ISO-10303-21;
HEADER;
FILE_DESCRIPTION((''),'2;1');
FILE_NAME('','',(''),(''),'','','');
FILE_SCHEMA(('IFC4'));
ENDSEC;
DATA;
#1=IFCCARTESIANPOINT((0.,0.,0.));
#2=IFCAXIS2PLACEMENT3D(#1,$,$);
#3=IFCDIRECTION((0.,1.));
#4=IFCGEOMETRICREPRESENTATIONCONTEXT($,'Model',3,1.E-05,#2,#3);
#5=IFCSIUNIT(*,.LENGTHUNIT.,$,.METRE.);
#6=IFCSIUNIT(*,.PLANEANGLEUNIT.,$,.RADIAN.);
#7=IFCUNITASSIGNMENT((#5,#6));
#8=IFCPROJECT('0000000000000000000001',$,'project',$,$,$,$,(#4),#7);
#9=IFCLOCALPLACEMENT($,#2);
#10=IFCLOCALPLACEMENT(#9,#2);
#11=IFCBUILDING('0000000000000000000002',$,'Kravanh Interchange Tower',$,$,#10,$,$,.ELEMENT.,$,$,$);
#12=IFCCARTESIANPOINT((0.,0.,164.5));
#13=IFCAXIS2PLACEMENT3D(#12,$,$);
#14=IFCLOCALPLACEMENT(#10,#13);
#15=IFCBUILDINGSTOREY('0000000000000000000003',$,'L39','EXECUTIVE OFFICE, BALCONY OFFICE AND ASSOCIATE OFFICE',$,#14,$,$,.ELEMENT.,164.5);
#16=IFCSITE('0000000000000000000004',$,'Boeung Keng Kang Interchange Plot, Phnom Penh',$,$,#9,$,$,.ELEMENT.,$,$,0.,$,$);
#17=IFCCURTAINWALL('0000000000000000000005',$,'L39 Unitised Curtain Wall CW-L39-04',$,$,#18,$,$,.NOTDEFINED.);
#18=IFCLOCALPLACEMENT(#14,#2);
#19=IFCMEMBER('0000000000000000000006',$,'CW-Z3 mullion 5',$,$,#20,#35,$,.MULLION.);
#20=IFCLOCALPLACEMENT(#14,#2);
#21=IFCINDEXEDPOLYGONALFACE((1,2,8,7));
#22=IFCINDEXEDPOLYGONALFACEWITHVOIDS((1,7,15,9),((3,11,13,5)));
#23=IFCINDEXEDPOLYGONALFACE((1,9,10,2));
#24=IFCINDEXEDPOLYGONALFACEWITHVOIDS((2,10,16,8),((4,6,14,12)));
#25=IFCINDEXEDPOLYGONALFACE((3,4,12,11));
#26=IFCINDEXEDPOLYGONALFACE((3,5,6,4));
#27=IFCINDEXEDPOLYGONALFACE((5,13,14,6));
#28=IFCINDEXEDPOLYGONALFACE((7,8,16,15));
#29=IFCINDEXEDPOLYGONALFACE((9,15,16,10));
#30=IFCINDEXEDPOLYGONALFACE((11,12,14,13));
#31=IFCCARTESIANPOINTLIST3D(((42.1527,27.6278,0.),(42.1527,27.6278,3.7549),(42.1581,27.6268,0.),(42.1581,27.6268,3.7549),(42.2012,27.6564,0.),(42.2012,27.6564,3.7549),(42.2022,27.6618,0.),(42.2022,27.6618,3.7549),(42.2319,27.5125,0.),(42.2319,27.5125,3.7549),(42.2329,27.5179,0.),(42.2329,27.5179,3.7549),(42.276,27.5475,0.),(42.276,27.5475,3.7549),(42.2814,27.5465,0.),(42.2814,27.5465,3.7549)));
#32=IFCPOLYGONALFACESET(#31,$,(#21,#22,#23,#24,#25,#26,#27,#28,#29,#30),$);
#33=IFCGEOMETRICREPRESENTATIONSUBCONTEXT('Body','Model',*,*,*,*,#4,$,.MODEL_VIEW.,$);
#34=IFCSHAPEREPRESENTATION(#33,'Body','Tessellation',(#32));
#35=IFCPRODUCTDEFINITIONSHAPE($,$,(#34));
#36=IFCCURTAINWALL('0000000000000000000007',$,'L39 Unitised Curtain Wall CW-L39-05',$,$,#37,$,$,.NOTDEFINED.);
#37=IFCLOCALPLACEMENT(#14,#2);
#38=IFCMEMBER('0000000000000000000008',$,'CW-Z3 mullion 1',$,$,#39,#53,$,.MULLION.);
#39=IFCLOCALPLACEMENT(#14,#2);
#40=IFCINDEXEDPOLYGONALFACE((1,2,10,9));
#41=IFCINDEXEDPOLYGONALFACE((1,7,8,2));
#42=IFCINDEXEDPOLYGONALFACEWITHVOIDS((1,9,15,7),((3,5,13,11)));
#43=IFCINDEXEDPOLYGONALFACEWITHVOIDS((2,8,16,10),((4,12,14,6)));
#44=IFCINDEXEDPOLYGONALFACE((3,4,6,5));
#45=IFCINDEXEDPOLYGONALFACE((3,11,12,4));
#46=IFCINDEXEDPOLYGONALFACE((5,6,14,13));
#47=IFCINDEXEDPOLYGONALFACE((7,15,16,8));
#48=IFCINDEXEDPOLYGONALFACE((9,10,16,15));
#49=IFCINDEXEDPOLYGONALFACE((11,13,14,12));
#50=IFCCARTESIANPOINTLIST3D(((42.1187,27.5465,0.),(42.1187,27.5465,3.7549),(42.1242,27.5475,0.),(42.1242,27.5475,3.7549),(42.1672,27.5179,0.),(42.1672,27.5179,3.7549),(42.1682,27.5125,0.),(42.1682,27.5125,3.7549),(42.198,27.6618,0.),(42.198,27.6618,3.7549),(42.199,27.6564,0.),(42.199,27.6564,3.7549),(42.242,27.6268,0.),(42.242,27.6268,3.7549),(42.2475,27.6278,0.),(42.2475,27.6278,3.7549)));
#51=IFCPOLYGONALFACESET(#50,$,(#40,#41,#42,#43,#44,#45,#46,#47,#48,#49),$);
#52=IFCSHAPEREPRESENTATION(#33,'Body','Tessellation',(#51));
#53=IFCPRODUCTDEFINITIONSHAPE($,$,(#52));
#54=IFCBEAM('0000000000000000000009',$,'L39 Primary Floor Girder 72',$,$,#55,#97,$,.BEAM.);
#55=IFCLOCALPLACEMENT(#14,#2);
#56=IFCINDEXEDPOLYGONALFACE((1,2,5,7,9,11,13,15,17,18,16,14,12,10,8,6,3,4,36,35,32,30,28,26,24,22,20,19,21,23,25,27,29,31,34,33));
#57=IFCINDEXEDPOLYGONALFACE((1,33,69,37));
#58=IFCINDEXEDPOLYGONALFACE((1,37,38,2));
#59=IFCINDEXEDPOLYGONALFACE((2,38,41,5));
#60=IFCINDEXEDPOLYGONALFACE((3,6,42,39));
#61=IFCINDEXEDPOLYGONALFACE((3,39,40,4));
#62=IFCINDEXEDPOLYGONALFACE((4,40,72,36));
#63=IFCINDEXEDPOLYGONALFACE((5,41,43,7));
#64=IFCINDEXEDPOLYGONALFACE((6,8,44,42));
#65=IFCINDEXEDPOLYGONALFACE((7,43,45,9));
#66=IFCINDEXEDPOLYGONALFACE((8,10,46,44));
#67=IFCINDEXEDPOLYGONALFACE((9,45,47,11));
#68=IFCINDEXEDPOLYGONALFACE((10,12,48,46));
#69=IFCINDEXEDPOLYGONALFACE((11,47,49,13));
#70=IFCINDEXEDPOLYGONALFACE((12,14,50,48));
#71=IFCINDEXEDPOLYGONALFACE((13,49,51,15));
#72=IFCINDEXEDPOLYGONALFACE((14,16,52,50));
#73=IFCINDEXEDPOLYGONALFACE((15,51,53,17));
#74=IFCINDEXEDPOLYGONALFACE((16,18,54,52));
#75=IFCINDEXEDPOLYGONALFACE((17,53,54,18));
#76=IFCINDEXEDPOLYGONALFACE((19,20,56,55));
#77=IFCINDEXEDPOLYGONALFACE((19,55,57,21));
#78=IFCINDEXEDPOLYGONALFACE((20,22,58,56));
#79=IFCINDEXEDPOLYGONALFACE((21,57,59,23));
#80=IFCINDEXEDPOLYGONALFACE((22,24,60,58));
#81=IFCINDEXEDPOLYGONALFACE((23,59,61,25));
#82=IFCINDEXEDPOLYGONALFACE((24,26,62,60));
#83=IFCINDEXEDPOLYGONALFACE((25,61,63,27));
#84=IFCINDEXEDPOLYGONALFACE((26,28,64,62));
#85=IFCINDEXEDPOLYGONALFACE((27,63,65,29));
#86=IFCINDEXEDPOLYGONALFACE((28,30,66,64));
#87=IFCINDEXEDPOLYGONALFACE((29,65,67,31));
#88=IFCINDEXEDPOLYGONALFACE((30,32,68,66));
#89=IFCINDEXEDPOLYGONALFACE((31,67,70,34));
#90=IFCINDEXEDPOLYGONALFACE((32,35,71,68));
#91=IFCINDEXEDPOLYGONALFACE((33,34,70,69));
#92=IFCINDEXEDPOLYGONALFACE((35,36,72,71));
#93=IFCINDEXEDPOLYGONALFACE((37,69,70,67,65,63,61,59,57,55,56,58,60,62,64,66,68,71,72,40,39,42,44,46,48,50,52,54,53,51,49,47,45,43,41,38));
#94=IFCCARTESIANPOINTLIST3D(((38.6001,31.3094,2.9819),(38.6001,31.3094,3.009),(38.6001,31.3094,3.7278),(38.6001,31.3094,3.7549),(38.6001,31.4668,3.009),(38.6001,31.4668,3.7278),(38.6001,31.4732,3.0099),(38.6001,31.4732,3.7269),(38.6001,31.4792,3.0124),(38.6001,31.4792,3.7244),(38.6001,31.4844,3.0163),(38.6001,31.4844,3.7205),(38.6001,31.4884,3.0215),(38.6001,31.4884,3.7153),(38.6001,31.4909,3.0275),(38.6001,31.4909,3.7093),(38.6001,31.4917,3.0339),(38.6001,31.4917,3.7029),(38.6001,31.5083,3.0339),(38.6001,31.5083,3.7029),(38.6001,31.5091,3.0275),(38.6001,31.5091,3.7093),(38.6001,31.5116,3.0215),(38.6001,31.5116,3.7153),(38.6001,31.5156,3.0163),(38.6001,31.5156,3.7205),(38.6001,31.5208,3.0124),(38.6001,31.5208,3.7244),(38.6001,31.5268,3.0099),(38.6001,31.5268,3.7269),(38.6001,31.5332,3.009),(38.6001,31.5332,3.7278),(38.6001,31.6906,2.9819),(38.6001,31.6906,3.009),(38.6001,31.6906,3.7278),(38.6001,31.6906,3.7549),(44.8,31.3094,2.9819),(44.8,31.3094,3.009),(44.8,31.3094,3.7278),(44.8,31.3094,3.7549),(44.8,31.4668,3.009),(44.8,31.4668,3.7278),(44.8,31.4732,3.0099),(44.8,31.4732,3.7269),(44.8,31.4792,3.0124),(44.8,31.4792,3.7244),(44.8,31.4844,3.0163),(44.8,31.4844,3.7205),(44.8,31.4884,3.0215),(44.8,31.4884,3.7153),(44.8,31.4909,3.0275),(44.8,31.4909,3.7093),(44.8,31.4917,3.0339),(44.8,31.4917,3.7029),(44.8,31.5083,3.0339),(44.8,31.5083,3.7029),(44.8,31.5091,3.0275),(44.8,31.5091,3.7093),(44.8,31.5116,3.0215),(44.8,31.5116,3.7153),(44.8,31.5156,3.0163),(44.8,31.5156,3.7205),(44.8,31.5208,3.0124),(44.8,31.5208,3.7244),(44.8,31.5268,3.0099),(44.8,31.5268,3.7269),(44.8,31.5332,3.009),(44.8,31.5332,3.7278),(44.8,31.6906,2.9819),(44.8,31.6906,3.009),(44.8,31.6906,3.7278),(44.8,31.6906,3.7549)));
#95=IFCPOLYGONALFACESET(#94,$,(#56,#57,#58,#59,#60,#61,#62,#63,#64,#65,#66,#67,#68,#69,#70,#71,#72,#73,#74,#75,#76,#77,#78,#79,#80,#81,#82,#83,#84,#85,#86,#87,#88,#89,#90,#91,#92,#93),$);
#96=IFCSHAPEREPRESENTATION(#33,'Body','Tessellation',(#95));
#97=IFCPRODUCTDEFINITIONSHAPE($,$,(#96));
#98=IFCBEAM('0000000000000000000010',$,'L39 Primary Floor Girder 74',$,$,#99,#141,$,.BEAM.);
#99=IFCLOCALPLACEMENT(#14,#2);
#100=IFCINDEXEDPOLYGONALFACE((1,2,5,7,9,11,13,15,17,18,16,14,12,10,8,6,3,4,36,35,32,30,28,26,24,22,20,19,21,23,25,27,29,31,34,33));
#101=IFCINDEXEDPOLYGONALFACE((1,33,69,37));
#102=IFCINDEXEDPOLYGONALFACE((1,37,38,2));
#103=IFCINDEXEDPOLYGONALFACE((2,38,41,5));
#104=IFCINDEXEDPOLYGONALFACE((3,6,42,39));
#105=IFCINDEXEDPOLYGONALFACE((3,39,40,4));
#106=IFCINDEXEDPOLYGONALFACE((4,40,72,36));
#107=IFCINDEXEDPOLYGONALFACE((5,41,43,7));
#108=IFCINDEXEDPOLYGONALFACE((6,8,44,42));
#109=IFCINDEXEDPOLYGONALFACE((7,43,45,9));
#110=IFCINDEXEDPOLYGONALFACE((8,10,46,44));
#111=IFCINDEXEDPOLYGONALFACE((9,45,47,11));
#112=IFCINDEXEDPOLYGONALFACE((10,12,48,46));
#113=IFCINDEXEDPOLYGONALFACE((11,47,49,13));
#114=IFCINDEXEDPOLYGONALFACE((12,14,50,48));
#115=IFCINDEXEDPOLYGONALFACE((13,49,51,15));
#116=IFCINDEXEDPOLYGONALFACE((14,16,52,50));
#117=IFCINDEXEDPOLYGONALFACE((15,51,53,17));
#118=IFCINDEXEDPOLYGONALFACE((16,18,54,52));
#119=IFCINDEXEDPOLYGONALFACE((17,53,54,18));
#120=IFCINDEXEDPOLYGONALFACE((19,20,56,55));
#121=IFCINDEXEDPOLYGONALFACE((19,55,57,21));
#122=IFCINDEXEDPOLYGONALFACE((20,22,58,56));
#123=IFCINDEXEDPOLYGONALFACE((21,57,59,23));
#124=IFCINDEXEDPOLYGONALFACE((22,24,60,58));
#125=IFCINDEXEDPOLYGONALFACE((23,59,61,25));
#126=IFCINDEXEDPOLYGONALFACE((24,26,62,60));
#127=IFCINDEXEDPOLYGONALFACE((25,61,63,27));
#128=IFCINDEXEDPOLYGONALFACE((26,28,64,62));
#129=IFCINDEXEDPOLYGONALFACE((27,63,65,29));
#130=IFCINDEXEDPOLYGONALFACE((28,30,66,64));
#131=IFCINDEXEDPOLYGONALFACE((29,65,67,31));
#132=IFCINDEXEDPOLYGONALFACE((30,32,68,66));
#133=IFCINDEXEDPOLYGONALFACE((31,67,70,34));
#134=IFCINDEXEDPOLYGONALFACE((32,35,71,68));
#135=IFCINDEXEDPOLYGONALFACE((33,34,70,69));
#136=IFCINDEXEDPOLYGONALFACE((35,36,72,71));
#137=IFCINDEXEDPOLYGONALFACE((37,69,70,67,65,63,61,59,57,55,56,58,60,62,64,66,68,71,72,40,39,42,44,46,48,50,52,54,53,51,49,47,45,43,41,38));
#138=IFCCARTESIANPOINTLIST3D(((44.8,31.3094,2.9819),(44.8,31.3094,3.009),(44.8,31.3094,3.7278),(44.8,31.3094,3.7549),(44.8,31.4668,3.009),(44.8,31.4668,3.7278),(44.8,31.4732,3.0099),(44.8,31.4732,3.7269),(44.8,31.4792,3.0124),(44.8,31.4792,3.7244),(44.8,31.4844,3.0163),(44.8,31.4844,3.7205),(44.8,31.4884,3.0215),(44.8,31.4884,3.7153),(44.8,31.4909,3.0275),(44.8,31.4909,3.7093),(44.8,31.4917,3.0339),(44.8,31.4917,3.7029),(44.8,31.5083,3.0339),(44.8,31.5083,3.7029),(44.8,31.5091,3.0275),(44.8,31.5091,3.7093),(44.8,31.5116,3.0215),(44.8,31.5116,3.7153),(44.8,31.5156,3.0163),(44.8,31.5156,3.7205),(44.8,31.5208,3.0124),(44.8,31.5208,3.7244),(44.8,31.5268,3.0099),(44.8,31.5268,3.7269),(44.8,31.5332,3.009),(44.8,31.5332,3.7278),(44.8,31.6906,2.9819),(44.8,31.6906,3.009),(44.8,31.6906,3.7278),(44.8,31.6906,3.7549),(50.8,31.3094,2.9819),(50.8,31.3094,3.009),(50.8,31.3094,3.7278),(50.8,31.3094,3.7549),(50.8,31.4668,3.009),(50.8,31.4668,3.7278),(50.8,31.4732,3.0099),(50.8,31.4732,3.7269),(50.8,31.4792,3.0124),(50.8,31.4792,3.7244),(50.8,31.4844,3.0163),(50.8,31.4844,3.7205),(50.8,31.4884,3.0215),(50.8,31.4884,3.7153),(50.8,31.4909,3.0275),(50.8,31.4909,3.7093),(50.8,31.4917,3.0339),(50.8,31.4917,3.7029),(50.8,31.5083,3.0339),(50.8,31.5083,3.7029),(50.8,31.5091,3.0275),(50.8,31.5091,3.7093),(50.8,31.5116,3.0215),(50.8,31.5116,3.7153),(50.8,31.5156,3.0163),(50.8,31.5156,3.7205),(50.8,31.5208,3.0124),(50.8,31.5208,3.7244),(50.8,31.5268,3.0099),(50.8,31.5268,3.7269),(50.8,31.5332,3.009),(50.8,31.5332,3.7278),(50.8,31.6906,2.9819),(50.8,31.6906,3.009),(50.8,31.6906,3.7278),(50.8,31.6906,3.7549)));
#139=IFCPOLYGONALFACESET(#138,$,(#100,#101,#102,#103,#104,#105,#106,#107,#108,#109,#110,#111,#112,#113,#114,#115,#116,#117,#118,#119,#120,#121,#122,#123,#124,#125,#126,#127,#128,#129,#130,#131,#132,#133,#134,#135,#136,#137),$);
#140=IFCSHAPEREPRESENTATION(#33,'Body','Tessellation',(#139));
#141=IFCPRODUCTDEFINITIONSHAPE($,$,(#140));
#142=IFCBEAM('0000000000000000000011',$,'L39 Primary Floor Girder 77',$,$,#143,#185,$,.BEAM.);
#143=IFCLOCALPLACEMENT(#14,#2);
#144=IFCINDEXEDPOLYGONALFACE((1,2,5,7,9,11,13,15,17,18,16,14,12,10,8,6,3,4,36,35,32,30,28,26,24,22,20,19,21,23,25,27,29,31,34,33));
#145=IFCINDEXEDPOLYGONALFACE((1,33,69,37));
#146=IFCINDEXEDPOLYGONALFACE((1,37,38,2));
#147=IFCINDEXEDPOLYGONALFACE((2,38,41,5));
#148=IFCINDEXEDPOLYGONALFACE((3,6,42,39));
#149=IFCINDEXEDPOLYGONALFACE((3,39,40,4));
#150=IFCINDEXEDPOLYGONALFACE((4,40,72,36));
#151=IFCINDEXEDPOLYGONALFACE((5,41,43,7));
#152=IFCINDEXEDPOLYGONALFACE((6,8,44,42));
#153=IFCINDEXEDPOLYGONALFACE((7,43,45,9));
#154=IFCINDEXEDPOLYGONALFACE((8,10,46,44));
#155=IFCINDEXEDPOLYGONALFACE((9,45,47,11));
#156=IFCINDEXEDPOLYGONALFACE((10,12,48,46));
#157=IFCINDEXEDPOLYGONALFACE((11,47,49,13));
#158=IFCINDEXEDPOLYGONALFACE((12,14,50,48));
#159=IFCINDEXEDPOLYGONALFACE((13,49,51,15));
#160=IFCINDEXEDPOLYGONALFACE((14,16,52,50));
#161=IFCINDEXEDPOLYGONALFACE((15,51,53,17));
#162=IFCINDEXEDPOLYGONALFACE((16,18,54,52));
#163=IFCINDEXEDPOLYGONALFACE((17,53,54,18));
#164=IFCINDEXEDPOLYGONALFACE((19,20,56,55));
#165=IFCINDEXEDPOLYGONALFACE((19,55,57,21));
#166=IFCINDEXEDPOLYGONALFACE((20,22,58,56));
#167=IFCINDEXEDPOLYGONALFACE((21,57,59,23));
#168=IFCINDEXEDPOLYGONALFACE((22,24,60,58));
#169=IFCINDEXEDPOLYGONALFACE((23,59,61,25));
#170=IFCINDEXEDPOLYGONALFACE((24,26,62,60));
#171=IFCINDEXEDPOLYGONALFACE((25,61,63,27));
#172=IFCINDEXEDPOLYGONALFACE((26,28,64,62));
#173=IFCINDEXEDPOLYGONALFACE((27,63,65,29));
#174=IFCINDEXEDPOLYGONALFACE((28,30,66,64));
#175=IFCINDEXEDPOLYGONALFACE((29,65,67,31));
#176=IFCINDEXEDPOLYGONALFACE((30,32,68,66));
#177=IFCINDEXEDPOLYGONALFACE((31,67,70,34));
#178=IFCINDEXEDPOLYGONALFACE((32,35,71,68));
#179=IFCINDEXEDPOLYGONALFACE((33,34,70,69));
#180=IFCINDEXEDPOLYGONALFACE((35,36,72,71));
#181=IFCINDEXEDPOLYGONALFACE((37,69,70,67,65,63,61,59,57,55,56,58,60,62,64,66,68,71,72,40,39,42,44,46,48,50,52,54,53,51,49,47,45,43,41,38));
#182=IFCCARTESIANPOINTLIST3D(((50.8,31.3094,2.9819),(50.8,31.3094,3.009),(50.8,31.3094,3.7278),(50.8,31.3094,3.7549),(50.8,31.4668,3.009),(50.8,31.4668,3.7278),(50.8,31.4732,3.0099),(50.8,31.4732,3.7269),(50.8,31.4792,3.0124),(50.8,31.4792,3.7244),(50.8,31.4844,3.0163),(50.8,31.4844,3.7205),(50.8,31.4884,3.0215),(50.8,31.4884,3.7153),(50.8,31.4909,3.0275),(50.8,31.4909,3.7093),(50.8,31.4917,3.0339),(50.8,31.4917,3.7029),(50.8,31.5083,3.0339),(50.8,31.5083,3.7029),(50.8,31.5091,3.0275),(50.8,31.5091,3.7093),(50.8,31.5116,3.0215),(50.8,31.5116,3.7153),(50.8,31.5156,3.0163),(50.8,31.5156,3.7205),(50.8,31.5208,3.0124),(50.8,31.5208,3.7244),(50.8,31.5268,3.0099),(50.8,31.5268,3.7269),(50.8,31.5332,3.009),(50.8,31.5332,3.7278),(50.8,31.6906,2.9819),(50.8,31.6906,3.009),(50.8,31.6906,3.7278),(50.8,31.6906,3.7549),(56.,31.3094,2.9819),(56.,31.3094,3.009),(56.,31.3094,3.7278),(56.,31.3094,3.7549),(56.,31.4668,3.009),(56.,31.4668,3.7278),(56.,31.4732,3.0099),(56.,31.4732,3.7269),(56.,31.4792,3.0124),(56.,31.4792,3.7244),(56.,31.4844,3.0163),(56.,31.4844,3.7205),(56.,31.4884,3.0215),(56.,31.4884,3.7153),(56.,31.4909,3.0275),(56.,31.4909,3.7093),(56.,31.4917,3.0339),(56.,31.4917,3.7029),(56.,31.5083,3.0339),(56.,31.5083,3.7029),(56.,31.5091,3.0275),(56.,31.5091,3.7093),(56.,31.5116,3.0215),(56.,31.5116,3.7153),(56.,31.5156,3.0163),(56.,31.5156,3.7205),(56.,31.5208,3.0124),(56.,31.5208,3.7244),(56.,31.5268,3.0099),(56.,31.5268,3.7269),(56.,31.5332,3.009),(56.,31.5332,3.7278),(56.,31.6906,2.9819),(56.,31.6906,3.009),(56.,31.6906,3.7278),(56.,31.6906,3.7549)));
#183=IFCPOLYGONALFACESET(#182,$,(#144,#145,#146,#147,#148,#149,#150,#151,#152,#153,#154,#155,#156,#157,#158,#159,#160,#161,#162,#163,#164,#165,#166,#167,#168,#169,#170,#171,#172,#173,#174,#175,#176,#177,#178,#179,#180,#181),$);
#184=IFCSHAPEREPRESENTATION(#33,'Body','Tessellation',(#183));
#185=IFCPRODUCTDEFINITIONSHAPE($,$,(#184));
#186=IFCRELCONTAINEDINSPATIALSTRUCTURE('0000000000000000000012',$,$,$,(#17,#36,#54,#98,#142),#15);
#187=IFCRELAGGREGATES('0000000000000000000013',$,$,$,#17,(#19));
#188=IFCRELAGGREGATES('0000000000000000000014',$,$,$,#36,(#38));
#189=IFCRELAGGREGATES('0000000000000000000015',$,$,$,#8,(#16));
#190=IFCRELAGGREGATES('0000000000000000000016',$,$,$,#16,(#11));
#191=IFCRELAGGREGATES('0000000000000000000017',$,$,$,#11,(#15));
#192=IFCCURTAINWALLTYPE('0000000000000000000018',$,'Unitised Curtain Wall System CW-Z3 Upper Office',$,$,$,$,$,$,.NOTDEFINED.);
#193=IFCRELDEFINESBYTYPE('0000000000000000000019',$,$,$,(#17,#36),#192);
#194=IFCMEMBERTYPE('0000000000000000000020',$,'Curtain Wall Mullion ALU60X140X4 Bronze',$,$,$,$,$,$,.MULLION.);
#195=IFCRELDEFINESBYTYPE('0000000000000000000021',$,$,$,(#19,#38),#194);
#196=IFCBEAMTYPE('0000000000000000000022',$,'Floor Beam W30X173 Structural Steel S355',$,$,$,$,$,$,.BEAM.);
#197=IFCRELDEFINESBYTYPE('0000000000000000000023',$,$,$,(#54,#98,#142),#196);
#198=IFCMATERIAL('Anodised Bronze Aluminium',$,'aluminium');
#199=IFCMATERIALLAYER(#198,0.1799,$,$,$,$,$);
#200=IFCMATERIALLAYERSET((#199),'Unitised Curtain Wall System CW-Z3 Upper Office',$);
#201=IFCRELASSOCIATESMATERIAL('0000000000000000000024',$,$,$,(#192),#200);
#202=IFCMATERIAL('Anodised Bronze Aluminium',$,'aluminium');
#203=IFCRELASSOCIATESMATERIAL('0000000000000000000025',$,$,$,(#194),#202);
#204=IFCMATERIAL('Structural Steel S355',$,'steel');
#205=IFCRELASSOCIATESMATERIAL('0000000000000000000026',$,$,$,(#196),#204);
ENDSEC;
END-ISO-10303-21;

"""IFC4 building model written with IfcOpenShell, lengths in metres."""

from ifc_helpers import new_model, si_unit, direction, frame, origin, origin_2d, place, context, subcontext, project, spatial, hollow_rectangle, i_section, extrude, material, layer, layer_set, material_profile, profile_set, type_object, element, aggregate, save


model = new_model("IFC4")

# Units and contexts
model_context = context("Model", 3, precision=1e-05, world=origin(), true_north=direction((0.0, 1.0)))
body_context = subcontext(model_context, "Body", "Model", "MODEL_VIEW")
ifc_project = project(units=[si_unit("LENGTHUNIT", "METRE"), si_unit("PLANEANGLEUNIT", "RADIAN")], contexts=[model_context])

# Site, building, storey
site_placement = place(None, origin())
site = spatial("IfcSite", under=ifc_project, at=site_placement, Name="Boeung Keng Kang Interchange Plot, Phnom Penh", CompositionType="ELEMENT", RefElevation=0.0)
building_placement = place(site_placement, origin())
building = spatial("IfcBuilding", under=site, at=building_placement, Name="Kravanh Interchange Tower", CompositionType="ELEMENT")
storey_placement = place(building_placement, frame((0.0, 0.0, 164.5)))
storey = spatial("IfcBuildingStorey", under=building, at=storey_placement, Name="L39", Description="EXECUTIVE OFFICE, BALCONY OFFICE AND ASSOCIATE OFFICE", CompositionType="ELEMENT", Elevation=164.5)

# Curtain walls, members
ifc_material_1 = material(Name="Anodised Bronze Aluminium", Category="aluminium")
ifc_layer_1 = layer(ifc_material_1, 0.1799)
ifc_layer_set_1 = layer_set([ifc_layer_1], Name="Unitised Curtain Wall System CW-Z3 Upper Office")
curtain_wall_type = type_object("IfcCurtainWallType", Name="Unitised Curtain Wall System CW-Z3 Upper Office", PredefinedType="NOTDEFINED", material=ifc_layer_set_1)
curtain_wall_1_placement = place(storey_placement, origin())
curtain_wall_1 = element("IfcCurtainWall", 1, at=curtain_wall_1_placement, inside=storey, type_object=curtain_wall_type, Name="L39 Unitised Curtain Wall CW-L39-04", PredefinedType="NOTDEFINED")
ifc_material_2 = material(Name="Anodised Bronze Aluminium", Category="aluminium")
ifc_material_profile_1 = material_profile(ifc_material_2, hollow_rectangle(XDim=0.0601, YDim=0.1399, WallThickness=0.0039, at=origin_2d()), Name="ALU60X140X4")
ifc_profile_set_1 = profile_set([ifc_material_profile_1], Name="Anodised Bronze Aluminium")
member_type = type_object("IfcMemberType", Name="Curtain Wall Mullion ALU60X140X4 Bronze", PredefinedType="MULLION", material=ifc_profile_set_1)
member_1_placement = place(storey_placement, frame((42.217, 27.5872, 0.0), z_axis=(0.0, 0.0, 1.0), x_axis=(-0.824042, -0.566528, 0.0)))
member_1 = element("IfcMember", 2, at=member_1_placement, type_object=member_type, Name="CW-Z3 mullion 5", PredefinedType="MULLION", context=body_context, shape_type="SweptSolid", body=[
    extrude(hollow_rectangle(XDim=0.0601, YDim=0.1399, WallThickness=0.0039, at=origin_2d()), origin(), (0.0, 0.0, 1.0), 3.7549),
])
aggregate(curtain_wall_1, [member_1])
curtain_wall_2_placement = place(storey_placement, origin())
curtain_wall_2 = element("IfcCurtainWall", 3, at=curtain_wall_2_placement, inside=storey, type_object=curtain_wall_type, Name="L39 Unitised Curtain Wall CW-L39-05", PredefinedType="NOTDEFINED")
member_2_placement = place(storey_placement, frame((42.1831, 27.5872, 0.0), z_axis=(0.0, 0.0, 1.0), x_axis=(0.824042, -0.566528, 0.0)))
member_2 = element("IfcMember", 4, at=member_2_placement, type_object=member_type, Name="CW-Z3 mullion 1", PredefinedType="MULLION", context=body_context, shape_type="SweptSolid", body=[
    extrude(hollow_rectangle(XDim=0.0601, YDim=0.1399, WallThickness=0.0039, at=origin_2d()), origin(), (0.0, 0.0, 1.0), 3.7549),
])
aggregate(curtain_wall_2, [member_2])

# Beams
ifc_material_3 = material(Name="Structural Steel S355", Category="steel")
ifc_material_profile_2 = material_profile(ifc_material_3, i_section(OverallWidth=0.3811, OverallDepth=0.7729, WebThickness=0.0166, FlangeThickness=0.0271, FilletRadius=0.0249, at=origin_2d()), Name="W30X173")
ifc_profile_set_2 = profile_set([ifc_material_profile_2], Name="Structural Steel S355")
beam_type_1 = type_object("IfcBeamType", Name="Floor Beam W30X173 Structural Steel S355", PredefinedType="BEAM", material=ifc_profile_set_2)
beam_1_placement = place(storey_placement, frame((38.6001, 31.5, 3.3684), z_axis=(1.0, 0.0, 0.0), x_axis=(0.0, 1.0, 0.0)))
element("IfcBeam", 5, at=beam_1_placement, inside=storey, type_object=beam_type_1, Name="L39 Primary Floor Girder 72", PredefinedType="BEAM", context=body_context, shape_type="SweptSolid", body=[
    extrude(i_section(OverallWidth=0.3811, OverallDepth=0.7729, WebThickness=0.0166, FlangeThickness=0.0271, FilletRadius=0.0249, at=origin_2d()), origin(), (0.0, 0.0, 1.0), 6.2),
])
beam_2_placement = place(storey_placement, frame((44.8, 31.5, 3.3684), z_axis=(1.0, 0.0, 0.0), x_axis=(0.0, 1.0, 0.0)))
element("IfcBeam", 6, at=beam_2_placement, inside=storey, type_object=beam_type_1, Name="L39 Primary Floor Girder 74", PredefinedType="BEAM", context=body_context, shape_type="SweptSolid", body=[
    extrude(i_section(OverallWidth=0.3811, OverallDepth=0.7729, WebThickness=0.0166, FlangeThickness=0.0271, FilletRadius=0.0249, at=origin_2d()), origin(), (0.0, 0.0, 1.0), 6.0),
])
beam_3_placement = place(storey_placement, frame((50.8, 31.5, 3.3684), z_axis=(1.0, 0.0, 0.0), x_axis=(0.0, 1.0, 0.0)))
element("IfcBeam", 7, at=beam_3_placement, inside=storey, type_object=beam_type_1, Name="L39 Primary Floor Girder 77", PredefinedType="BEAM", context=body_context, shape_type="SweptSolid", body=[
    extrude(i_section(OverallWidth=0.3811, OverallDepth=0.7729, WebThickness=0.0166, FlangeThickness=0.0271, FilletRadius=0.0249, at=origin_2d()), origin(), (0.0, 0.0, 1.0), 5.2),
])

save(model, "model.ifc")
